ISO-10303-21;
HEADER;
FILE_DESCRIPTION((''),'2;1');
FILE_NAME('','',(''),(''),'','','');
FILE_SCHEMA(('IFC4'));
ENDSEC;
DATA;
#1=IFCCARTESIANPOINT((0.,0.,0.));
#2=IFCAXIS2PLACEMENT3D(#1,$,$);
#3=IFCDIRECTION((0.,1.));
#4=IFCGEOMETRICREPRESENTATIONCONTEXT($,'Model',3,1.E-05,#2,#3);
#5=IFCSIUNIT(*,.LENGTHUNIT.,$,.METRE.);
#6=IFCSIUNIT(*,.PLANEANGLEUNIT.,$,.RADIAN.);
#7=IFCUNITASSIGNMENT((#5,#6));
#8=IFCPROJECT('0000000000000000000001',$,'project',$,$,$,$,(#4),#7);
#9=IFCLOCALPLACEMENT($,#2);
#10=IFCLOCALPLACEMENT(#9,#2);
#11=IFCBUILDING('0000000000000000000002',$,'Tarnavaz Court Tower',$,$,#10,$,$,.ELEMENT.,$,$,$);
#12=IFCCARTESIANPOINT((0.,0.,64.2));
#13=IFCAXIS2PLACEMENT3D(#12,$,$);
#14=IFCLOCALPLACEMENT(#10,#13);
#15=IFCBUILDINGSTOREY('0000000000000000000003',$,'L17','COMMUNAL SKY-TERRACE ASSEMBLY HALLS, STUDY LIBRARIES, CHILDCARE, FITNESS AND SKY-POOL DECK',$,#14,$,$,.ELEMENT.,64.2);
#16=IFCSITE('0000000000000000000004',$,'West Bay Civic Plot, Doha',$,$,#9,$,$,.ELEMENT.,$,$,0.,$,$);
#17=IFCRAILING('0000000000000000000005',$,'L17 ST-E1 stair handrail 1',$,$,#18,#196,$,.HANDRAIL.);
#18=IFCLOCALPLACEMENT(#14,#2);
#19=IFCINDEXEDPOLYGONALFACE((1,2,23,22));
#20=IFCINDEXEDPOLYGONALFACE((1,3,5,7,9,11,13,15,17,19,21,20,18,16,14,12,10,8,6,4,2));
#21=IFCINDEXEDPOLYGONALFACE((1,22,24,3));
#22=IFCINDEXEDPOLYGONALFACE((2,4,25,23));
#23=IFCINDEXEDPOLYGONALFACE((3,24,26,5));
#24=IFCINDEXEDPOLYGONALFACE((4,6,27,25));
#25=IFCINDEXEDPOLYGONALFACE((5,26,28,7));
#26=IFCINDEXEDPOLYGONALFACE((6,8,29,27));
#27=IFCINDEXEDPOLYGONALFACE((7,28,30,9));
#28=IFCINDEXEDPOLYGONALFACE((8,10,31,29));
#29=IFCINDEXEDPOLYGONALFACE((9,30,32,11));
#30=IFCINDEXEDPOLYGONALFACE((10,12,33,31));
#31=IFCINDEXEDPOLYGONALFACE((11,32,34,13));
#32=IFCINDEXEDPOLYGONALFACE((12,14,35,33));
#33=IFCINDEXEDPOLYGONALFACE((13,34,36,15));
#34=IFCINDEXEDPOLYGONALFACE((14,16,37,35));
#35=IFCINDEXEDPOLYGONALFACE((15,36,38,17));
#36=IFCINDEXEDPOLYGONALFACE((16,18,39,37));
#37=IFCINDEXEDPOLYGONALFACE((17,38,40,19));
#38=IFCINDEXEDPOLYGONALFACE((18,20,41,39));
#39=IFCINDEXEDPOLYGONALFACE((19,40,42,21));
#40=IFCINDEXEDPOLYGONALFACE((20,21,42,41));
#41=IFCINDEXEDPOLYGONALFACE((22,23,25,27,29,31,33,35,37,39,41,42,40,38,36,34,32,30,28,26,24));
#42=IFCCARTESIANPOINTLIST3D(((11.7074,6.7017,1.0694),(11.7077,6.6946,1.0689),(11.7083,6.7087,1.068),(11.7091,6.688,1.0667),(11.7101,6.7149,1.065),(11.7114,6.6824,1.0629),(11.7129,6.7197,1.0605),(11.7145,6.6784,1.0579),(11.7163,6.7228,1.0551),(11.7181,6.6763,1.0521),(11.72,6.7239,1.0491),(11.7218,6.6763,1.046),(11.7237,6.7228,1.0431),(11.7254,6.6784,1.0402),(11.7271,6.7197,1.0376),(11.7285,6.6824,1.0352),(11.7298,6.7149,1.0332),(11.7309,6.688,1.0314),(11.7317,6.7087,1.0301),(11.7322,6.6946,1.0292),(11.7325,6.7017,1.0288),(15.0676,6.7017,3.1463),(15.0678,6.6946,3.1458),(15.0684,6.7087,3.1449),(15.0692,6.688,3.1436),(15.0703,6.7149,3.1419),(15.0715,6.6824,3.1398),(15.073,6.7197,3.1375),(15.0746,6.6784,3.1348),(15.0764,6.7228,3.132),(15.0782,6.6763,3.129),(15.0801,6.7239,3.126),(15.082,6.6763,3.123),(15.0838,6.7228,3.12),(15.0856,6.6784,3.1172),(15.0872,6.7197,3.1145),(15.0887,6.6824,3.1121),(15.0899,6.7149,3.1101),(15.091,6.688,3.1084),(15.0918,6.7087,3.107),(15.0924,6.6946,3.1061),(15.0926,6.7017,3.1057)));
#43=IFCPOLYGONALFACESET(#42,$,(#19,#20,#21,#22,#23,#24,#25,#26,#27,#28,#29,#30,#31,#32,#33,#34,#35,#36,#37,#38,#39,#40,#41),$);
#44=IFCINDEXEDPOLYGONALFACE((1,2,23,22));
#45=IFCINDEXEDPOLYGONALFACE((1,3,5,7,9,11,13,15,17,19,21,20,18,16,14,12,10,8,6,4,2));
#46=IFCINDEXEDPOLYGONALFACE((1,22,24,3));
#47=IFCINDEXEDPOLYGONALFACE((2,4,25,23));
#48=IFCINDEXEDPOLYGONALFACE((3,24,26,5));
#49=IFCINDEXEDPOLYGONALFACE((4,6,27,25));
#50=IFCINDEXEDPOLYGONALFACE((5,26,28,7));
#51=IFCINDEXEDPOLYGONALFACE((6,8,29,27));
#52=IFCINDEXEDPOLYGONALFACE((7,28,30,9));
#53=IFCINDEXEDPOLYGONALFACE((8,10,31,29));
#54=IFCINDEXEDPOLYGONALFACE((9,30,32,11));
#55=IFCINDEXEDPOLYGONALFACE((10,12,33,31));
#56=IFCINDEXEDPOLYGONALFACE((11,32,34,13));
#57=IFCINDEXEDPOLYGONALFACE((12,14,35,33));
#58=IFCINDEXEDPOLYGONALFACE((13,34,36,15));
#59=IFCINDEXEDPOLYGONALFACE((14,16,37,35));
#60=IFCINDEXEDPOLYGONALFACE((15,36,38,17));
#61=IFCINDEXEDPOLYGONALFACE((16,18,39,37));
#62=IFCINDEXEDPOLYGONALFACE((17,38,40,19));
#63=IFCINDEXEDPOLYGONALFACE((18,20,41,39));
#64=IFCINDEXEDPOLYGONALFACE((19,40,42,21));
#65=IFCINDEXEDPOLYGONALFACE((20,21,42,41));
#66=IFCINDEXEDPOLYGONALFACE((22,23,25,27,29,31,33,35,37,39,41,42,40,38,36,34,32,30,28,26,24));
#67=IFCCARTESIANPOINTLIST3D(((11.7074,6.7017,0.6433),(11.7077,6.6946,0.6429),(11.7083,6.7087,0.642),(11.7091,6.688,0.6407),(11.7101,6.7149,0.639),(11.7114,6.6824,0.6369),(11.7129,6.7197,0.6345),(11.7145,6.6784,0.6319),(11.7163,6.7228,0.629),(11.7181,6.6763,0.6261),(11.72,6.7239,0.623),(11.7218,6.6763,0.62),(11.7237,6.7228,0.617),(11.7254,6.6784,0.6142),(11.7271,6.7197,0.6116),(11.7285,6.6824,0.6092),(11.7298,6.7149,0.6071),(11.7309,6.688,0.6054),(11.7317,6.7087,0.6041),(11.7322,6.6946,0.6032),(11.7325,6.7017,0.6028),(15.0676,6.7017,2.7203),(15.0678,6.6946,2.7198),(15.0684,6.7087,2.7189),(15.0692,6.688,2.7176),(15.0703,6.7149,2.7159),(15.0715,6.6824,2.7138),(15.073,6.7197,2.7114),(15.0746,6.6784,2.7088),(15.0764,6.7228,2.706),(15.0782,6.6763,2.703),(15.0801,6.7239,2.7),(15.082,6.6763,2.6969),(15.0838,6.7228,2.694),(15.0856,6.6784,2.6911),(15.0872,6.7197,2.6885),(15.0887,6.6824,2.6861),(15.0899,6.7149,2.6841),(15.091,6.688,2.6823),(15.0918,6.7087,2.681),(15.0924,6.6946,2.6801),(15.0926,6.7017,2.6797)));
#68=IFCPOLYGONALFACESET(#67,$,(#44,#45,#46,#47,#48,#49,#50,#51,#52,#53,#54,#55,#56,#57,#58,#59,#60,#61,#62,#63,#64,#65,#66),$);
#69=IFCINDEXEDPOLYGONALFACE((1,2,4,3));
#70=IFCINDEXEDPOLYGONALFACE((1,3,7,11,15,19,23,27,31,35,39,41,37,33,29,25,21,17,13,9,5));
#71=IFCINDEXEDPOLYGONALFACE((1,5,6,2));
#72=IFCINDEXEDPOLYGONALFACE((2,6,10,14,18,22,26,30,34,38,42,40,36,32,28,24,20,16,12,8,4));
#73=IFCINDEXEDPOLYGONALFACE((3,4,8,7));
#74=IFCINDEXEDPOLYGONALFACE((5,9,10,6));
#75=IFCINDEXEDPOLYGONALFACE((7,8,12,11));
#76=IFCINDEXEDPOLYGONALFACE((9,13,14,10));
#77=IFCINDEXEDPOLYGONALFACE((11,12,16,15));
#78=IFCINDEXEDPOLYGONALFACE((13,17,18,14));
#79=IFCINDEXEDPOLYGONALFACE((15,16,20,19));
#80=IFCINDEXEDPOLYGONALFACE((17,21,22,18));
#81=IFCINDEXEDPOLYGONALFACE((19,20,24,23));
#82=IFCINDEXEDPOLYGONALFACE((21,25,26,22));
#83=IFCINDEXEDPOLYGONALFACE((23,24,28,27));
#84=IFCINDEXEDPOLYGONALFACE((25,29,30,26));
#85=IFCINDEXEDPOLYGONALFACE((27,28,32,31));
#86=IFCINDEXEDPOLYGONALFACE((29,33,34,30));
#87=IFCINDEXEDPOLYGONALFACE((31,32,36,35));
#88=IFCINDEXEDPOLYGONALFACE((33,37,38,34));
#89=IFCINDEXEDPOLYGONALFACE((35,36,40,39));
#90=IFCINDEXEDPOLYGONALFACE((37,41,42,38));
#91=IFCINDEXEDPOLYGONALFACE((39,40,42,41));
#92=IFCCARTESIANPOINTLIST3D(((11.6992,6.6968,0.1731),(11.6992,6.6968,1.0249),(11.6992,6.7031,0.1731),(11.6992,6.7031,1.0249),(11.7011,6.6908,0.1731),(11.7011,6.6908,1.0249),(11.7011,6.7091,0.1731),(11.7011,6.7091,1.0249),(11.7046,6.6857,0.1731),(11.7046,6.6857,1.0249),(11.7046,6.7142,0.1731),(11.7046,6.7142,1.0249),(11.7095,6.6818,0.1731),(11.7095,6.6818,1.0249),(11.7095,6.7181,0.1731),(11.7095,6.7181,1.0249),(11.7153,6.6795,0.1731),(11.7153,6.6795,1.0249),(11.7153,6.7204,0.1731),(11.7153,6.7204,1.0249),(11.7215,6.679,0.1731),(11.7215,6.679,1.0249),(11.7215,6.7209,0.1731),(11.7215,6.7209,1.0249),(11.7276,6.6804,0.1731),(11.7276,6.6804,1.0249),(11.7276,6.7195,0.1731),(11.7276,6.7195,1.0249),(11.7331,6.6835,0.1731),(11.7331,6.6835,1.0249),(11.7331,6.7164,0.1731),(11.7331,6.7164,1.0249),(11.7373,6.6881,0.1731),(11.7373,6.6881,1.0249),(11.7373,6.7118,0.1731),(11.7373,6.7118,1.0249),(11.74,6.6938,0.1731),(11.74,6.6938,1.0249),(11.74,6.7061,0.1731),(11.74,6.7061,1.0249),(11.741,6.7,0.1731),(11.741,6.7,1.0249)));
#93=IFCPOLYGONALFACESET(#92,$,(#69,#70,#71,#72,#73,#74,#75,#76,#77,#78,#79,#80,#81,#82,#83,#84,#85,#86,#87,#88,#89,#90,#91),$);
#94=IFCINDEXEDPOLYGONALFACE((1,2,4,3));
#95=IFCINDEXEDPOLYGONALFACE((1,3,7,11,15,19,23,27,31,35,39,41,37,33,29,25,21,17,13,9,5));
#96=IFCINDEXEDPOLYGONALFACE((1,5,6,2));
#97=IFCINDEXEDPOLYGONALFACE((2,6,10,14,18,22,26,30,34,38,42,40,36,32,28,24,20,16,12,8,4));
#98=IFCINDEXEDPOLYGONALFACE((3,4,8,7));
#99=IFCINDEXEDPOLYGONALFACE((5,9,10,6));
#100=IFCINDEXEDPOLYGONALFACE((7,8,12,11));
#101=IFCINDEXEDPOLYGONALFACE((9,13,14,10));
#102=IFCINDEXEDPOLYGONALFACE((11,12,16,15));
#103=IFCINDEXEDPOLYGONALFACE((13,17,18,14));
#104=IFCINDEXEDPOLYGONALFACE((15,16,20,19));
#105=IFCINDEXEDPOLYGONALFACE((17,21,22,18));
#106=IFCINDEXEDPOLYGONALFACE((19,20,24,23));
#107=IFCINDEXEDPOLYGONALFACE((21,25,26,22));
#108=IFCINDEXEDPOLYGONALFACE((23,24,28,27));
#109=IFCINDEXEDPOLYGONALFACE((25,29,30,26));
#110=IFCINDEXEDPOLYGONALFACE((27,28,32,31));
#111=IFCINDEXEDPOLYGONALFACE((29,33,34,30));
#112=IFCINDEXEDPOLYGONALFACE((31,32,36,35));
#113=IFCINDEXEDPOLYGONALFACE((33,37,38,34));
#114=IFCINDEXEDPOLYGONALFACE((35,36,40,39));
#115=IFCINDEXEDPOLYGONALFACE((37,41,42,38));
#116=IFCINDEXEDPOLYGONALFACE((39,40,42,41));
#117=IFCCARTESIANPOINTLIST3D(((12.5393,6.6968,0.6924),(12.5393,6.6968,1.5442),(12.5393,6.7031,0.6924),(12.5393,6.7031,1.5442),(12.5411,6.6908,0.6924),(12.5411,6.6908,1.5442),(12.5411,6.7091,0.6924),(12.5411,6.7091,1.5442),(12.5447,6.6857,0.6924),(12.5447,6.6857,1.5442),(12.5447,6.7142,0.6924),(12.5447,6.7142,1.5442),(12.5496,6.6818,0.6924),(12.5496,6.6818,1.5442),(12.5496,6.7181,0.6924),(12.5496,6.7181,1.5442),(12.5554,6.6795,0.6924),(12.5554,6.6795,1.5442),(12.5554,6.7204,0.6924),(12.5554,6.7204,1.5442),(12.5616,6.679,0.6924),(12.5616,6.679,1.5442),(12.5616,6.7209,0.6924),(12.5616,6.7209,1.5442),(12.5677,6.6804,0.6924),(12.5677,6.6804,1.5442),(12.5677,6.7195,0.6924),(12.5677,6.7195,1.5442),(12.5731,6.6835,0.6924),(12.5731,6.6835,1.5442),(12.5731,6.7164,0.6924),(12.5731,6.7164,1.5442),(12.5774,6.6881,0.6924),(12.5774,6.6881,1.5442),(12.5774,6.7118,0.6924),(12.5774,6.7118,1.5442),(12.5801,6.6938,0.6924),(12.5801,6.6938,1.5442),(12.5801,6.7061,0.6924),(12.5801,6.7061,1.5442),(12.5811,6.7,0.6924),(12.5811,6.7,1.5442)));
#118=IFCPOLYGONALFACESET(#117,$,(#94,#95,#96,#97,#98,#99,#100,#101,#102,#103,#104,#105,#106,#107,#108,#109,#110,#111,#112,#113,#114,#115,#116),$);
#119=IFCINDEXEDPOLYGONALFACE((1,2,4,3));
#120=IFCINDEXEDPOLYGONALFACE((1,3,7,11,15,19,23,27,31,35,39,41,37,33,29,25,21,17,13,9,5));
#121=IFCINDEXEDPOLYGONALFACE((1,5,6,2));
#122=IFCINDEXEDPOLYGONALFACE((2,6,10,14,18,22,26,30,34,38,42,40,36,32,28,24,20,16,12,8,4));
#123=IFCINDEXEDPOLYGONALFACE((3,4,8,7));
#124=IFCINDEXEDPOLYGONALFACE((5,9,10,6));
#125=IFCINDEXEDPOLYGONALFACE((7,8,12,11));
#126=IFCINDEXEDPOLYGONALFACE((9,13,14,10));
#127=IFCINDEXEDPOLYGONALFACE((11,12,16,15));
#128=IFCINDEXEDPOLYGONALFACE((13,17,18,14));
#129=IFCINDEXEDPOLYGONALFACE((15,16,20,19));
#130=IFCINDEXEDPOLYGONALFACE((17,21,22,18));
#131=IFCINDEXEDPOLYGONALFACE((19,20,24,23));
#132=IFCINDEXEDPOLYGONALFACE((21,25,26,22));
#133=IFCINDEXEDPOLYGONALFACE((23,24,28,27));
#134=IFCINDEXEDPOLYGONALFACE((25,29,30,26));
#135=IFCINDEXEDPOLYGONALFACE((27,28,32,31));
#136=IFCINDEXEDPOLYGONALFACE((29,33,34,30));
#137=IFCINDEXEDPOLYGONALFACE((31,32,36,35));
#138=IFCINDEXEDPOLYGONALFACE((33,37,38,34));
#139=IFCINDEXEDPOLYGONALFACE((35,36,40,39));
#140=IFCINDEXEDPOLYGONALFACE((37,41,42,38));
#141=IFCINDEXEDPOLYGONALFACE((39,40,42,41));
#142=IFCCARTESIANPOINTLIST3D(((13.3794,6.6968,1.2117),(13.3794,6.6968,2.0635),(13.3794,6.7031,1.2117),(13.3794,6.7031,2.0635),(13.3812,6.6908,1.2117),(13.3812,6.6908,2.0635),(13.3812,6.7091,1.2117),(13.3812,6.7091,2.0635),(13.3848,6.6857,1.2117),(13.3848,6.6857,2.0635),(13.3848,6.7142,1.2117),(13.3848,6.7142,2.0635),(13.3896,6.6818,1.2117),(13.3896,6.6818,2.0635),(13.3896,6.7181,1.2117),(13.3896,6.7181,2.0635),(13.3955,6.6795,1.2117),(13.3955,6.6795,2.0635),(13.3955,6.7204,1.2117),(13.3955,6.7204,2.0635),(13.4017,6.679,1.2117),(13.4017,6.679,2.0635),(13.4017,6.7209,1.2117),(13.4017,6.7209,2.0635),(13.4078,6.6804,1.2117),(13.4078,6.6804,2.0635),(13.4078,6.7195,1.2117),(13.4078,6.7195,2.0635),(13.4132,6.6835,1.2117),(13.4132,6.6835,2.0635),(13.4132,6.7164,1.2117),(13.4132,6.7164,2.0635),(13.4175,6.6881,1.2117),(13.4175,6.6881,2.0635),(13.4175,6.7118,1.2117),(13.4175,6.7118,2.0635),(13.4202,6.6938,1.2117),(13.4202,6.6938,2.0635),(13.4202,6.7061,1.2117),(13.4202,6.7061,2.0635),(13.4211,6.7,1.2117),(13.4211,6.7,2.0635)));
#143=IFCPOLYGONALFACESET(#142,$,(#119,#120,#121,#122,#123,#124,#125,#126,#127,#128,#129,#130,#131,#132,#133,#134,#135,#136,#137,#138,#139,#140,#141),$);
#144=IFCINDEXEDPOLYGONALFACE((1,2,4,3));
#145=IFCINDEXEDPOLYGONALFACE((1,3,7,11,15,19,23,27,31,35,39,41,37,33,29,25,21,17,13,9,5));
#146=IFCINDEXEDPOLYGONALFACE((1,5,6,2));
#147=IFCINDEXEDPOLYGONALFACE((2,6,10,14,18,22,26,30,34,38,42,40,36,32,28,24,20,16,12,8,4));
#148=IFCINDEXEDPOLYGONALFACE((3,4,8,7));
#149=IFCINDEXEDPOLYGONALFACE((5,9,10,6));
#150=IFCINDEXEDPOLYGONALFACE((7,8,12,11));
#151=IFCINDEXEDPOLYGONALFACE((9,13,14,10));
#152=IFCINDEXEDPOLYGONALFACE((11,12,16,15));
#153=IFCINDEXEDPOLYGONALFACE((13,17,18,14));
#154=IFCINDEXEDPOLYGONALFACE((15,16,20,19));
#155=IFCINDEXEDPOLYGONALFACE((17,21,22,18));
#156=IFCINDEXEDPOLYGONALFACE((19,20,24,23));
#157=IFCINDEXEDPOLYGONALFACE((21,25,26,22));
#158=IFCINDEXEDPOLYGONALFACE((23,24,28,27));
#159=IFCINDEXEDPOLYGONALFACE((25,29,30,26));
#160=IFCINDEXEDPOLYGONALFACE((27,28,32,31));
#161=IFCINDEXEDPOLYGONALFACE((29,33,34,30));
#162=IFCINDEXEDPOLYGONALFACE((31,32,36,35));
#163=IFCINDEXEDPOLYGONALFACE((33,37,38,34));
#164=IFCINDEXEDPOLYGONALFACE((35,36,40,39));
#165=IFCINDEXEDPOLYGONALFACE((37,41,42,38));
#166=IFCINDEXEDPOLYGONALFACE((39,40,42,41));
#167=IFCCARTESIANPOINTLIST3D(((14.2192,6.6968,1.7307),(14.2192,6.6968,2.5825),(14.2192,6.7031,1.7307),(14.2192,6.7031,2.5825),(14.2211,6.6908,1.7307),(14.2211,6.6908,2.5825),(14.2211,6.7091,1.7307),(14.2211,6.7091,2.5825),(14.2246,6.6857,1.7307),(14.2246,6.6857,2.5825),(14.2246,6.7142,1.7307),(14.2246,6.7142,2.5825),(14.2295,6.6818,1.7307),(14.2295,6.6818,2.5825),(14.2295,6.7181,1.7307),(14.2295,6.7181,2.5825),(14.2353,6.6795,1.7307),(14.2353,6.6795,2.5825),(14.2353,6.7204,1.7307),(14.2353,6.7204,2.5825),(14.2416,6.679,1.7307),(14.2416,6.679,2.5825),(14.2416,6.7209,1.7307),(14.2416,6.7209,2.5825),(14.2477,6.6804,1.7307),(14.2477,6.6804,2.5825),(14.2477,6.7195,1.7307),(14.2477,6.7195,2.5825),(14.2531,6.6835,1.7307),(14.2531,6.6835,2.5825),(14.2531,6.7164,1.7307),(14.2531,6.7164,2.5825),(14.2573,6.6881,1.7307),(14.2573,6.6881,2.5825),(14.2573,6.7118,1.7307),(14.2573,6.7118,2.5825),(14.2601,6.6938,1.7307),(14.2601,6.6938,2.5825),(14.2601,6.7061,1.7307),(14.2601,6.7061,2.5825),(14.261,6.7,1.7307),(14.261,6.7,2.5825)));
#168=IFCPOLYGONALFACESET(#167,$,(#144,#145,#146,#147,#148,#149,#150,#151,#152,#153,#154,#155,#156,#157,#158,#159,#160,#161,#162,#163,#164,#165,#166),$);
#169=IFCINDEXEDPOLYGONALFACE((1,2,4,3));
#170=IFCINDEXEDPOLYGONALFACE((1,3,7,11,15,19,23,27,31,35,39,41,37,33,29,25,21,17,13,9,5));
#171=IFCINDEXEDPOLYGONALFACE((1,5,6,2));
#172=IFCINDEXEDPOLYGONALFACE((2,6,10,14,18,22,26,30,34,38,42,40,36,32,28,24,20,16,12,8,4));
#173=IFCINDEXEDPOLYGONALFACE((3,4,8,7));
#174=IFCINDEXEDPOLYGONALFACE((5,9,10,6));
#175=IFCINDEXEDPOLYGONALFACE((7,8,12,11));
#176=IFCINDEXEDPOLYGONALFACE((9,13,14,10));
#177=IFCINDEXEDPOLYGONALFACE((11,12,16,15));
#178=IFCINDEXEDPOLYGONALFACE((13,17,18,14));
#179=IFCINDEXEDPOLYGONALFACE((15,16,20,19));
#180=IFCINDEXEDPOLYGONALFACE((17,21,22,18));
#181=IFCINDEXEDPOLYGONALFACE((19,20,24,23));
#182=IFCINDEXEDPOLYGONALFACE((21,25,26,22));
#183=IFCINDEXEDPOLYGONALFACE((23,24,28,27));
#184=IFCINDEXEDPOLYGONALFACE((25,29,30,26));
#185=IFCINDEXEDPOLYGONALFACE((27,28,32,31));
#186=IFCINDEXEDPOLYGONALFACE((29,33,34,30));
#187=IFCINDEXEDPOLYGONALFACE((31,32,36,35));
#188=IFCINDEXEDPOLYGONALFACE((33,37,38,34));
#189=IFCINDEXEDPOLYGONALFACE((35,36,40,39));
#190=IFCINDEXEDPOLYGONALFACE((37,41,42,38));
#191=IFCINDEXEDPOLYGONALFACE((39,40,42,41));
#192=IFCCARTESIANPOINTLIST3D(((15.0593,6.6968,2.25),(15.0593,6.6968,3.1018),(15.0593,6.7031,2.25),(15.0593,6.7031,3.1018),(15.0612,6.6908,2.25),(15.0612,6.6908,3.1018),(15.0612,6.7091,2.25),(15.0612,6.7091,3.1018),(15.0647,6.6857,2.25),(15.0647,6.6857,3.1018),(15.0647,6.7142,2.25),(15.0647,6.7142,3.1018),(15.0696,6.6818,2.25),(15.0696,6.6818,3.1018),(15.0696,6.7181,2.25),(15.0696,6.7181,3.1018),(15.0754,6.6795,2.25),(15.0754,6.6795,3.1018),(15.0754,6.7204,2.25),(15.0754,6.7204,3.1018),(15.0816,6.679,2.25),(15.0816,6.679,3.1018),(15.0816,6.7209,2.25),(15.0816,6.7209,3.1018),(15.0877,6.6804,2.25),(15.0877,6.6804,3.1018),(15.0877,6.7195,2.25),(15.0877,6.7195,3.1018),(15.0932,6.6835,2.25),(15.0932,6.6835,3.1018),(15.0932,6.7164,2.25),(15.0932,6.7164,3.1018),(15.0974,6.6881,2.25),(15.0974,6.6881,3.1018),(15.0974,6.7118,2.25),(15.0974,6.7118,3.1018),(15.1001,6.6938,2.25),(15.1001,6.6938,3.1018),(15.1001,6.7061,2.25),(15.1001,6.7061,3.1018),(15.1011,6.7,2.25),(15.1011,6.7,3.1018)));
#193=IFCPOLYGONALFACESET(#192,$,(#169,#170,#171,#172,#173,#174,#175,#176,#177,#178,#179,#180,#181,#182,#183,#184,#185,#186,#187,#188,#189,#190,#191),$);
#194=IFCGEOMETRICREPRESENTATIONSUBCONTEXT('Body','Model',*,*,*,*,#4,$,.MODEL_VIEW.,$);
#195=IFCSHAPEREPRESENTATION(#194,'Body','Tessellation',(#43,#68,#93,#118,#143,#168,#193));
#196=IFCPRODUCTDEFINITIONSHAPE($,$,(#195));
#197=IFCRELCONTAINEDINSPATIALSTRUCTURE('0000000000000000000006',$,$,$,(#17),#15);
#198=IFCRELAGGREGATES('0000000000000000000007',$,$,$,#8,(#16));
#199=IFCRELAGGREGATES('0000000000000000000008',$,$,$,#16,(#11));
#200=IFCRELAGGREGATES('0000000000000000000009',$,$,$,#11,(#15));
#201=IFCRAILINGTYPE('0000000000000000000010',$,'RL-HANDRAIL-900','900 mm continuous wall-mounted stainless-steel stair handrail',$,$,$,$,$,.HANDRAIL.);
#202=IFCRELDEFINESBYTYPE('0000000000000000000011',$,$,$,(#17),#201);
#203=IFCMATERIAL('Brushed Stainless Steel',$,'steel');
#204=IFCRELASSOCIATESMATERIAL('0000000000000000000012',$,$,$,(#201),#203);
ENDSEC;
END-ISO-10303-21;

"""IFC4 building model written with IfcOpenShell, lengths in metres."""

from ifc_helpers import new_model, si_unit, direction, frame, origin, origin_2d, place, context, subcontext, project, spatial, circle, extrude, material, type_object, element, save


model = new_model("IFC4")

# Units and contexts
model_context = context("Model", 3, precision=1e-05, world=origin(), true_north=direction((0.0, 1.0)))
body_context = subcontext(model_context, "Body", "Model", "MODEL_VIEW")
ifc_project = project(units=[si_unit("LENGTHUNIT", "METRE"), si_unit("PLANEANGLEUNIT", "RADIAN")], contexts=[model_context])

# Site, building, storey
site_placement = place(None, origin())
site = spatial("IfcSite", under=ifc_project, at=site_placement, Name="West Bay Civic Plot, Doha", CompositionType="ELEMENT", RefElevation=0.0)
building_placement = place(site_placement, origin())
building = spatial("IfcBuilding", under=site, at=building_placement, Name="Tarnavaz Court Tower", CompositionType="ELEMENT")
storey_placement = place(building_placement, frame((0.0, 0.0, 64.2)))
storey = spatial("IfcBuildingStorey", under=building, at=storey_placement, Name="L17", Description="COMMUNAL SKY-TERRACE ASSEMBLY HALLS, STUDY LIBRARIES, CHILDCARE, FITNESS AND SKY-POOL DECK", CompositionType="ELEMENT", Elevation=64.2)

# Railing
ifc_material_1 = material(Name="Brushed Stainless Steel", Category="steel")
railing_type_1 = type_object("IfcRailingType", Name="RL-HANDRAIL-900", Description="900 mm continuous wall-mounted stainless-steel stair handrail", PredefinedType="HANDRAIL", material=ifc_material_1)
railing_1_placement = place(storey_placement, frame((11.72, 6.7, 0.1731)))
element("IfcRailing", 1, at=railing_1_placement, inside=storey, type_object=railing_type_1, Name="L17 ST-E1 stair handrail 1", PredefinedType="HANDRAIL", context=body_context, shape_type="SweptSolid", body=[
    extrude(circle(Radius=0.0239, at=origin_2d()), frame((0.0, 0.0, 0.876), z_axis=(0.850623, 0.0, 0.525776), x_axis=(0.0, 1.0, 0.0)), (0.0, 0.0, 1.0), 3.9502),
    extrude(circle(Radius=0.0239, at=origin_2d()), frame((0.0, 0.0, 0.45), z_axis=(0.850623, 0.0, 0.525776), x_axis=(0.0, 1.0, 0.0)), (0.0, 0.0, 1.0), 3.9502),
    extrude(circle(Radius=0.021, at=origin_2d()), origin(), (0.0, 0.0, 1.0), 0.8518),
    extrude(circle(Radius=0.021, at=origin_2d()), frame((0.8401, 0.0, 0.5193)), (0.0, 0.0, 1.0), 0.8518),
    extrude(circle(Radius=0.021, at=origin_2d()), frame((1.6802, 0.0, 1.0386)), (0.0, 0.0, 1.0), 0.8518),
    extrude(circle(Radius=0.021, at=origin_2d()), frame((2.52, 0.0, 1.5576)), (0.0, 0.0, 1.0), 0.8518),
    extrude(circle(Radius=0.021, at=origin_2d()), frame((3.3601, 0.0, 2.0769)), (0.0, 0.0, 1.0), 0.8518),
])

save(model, "model.ifc")
